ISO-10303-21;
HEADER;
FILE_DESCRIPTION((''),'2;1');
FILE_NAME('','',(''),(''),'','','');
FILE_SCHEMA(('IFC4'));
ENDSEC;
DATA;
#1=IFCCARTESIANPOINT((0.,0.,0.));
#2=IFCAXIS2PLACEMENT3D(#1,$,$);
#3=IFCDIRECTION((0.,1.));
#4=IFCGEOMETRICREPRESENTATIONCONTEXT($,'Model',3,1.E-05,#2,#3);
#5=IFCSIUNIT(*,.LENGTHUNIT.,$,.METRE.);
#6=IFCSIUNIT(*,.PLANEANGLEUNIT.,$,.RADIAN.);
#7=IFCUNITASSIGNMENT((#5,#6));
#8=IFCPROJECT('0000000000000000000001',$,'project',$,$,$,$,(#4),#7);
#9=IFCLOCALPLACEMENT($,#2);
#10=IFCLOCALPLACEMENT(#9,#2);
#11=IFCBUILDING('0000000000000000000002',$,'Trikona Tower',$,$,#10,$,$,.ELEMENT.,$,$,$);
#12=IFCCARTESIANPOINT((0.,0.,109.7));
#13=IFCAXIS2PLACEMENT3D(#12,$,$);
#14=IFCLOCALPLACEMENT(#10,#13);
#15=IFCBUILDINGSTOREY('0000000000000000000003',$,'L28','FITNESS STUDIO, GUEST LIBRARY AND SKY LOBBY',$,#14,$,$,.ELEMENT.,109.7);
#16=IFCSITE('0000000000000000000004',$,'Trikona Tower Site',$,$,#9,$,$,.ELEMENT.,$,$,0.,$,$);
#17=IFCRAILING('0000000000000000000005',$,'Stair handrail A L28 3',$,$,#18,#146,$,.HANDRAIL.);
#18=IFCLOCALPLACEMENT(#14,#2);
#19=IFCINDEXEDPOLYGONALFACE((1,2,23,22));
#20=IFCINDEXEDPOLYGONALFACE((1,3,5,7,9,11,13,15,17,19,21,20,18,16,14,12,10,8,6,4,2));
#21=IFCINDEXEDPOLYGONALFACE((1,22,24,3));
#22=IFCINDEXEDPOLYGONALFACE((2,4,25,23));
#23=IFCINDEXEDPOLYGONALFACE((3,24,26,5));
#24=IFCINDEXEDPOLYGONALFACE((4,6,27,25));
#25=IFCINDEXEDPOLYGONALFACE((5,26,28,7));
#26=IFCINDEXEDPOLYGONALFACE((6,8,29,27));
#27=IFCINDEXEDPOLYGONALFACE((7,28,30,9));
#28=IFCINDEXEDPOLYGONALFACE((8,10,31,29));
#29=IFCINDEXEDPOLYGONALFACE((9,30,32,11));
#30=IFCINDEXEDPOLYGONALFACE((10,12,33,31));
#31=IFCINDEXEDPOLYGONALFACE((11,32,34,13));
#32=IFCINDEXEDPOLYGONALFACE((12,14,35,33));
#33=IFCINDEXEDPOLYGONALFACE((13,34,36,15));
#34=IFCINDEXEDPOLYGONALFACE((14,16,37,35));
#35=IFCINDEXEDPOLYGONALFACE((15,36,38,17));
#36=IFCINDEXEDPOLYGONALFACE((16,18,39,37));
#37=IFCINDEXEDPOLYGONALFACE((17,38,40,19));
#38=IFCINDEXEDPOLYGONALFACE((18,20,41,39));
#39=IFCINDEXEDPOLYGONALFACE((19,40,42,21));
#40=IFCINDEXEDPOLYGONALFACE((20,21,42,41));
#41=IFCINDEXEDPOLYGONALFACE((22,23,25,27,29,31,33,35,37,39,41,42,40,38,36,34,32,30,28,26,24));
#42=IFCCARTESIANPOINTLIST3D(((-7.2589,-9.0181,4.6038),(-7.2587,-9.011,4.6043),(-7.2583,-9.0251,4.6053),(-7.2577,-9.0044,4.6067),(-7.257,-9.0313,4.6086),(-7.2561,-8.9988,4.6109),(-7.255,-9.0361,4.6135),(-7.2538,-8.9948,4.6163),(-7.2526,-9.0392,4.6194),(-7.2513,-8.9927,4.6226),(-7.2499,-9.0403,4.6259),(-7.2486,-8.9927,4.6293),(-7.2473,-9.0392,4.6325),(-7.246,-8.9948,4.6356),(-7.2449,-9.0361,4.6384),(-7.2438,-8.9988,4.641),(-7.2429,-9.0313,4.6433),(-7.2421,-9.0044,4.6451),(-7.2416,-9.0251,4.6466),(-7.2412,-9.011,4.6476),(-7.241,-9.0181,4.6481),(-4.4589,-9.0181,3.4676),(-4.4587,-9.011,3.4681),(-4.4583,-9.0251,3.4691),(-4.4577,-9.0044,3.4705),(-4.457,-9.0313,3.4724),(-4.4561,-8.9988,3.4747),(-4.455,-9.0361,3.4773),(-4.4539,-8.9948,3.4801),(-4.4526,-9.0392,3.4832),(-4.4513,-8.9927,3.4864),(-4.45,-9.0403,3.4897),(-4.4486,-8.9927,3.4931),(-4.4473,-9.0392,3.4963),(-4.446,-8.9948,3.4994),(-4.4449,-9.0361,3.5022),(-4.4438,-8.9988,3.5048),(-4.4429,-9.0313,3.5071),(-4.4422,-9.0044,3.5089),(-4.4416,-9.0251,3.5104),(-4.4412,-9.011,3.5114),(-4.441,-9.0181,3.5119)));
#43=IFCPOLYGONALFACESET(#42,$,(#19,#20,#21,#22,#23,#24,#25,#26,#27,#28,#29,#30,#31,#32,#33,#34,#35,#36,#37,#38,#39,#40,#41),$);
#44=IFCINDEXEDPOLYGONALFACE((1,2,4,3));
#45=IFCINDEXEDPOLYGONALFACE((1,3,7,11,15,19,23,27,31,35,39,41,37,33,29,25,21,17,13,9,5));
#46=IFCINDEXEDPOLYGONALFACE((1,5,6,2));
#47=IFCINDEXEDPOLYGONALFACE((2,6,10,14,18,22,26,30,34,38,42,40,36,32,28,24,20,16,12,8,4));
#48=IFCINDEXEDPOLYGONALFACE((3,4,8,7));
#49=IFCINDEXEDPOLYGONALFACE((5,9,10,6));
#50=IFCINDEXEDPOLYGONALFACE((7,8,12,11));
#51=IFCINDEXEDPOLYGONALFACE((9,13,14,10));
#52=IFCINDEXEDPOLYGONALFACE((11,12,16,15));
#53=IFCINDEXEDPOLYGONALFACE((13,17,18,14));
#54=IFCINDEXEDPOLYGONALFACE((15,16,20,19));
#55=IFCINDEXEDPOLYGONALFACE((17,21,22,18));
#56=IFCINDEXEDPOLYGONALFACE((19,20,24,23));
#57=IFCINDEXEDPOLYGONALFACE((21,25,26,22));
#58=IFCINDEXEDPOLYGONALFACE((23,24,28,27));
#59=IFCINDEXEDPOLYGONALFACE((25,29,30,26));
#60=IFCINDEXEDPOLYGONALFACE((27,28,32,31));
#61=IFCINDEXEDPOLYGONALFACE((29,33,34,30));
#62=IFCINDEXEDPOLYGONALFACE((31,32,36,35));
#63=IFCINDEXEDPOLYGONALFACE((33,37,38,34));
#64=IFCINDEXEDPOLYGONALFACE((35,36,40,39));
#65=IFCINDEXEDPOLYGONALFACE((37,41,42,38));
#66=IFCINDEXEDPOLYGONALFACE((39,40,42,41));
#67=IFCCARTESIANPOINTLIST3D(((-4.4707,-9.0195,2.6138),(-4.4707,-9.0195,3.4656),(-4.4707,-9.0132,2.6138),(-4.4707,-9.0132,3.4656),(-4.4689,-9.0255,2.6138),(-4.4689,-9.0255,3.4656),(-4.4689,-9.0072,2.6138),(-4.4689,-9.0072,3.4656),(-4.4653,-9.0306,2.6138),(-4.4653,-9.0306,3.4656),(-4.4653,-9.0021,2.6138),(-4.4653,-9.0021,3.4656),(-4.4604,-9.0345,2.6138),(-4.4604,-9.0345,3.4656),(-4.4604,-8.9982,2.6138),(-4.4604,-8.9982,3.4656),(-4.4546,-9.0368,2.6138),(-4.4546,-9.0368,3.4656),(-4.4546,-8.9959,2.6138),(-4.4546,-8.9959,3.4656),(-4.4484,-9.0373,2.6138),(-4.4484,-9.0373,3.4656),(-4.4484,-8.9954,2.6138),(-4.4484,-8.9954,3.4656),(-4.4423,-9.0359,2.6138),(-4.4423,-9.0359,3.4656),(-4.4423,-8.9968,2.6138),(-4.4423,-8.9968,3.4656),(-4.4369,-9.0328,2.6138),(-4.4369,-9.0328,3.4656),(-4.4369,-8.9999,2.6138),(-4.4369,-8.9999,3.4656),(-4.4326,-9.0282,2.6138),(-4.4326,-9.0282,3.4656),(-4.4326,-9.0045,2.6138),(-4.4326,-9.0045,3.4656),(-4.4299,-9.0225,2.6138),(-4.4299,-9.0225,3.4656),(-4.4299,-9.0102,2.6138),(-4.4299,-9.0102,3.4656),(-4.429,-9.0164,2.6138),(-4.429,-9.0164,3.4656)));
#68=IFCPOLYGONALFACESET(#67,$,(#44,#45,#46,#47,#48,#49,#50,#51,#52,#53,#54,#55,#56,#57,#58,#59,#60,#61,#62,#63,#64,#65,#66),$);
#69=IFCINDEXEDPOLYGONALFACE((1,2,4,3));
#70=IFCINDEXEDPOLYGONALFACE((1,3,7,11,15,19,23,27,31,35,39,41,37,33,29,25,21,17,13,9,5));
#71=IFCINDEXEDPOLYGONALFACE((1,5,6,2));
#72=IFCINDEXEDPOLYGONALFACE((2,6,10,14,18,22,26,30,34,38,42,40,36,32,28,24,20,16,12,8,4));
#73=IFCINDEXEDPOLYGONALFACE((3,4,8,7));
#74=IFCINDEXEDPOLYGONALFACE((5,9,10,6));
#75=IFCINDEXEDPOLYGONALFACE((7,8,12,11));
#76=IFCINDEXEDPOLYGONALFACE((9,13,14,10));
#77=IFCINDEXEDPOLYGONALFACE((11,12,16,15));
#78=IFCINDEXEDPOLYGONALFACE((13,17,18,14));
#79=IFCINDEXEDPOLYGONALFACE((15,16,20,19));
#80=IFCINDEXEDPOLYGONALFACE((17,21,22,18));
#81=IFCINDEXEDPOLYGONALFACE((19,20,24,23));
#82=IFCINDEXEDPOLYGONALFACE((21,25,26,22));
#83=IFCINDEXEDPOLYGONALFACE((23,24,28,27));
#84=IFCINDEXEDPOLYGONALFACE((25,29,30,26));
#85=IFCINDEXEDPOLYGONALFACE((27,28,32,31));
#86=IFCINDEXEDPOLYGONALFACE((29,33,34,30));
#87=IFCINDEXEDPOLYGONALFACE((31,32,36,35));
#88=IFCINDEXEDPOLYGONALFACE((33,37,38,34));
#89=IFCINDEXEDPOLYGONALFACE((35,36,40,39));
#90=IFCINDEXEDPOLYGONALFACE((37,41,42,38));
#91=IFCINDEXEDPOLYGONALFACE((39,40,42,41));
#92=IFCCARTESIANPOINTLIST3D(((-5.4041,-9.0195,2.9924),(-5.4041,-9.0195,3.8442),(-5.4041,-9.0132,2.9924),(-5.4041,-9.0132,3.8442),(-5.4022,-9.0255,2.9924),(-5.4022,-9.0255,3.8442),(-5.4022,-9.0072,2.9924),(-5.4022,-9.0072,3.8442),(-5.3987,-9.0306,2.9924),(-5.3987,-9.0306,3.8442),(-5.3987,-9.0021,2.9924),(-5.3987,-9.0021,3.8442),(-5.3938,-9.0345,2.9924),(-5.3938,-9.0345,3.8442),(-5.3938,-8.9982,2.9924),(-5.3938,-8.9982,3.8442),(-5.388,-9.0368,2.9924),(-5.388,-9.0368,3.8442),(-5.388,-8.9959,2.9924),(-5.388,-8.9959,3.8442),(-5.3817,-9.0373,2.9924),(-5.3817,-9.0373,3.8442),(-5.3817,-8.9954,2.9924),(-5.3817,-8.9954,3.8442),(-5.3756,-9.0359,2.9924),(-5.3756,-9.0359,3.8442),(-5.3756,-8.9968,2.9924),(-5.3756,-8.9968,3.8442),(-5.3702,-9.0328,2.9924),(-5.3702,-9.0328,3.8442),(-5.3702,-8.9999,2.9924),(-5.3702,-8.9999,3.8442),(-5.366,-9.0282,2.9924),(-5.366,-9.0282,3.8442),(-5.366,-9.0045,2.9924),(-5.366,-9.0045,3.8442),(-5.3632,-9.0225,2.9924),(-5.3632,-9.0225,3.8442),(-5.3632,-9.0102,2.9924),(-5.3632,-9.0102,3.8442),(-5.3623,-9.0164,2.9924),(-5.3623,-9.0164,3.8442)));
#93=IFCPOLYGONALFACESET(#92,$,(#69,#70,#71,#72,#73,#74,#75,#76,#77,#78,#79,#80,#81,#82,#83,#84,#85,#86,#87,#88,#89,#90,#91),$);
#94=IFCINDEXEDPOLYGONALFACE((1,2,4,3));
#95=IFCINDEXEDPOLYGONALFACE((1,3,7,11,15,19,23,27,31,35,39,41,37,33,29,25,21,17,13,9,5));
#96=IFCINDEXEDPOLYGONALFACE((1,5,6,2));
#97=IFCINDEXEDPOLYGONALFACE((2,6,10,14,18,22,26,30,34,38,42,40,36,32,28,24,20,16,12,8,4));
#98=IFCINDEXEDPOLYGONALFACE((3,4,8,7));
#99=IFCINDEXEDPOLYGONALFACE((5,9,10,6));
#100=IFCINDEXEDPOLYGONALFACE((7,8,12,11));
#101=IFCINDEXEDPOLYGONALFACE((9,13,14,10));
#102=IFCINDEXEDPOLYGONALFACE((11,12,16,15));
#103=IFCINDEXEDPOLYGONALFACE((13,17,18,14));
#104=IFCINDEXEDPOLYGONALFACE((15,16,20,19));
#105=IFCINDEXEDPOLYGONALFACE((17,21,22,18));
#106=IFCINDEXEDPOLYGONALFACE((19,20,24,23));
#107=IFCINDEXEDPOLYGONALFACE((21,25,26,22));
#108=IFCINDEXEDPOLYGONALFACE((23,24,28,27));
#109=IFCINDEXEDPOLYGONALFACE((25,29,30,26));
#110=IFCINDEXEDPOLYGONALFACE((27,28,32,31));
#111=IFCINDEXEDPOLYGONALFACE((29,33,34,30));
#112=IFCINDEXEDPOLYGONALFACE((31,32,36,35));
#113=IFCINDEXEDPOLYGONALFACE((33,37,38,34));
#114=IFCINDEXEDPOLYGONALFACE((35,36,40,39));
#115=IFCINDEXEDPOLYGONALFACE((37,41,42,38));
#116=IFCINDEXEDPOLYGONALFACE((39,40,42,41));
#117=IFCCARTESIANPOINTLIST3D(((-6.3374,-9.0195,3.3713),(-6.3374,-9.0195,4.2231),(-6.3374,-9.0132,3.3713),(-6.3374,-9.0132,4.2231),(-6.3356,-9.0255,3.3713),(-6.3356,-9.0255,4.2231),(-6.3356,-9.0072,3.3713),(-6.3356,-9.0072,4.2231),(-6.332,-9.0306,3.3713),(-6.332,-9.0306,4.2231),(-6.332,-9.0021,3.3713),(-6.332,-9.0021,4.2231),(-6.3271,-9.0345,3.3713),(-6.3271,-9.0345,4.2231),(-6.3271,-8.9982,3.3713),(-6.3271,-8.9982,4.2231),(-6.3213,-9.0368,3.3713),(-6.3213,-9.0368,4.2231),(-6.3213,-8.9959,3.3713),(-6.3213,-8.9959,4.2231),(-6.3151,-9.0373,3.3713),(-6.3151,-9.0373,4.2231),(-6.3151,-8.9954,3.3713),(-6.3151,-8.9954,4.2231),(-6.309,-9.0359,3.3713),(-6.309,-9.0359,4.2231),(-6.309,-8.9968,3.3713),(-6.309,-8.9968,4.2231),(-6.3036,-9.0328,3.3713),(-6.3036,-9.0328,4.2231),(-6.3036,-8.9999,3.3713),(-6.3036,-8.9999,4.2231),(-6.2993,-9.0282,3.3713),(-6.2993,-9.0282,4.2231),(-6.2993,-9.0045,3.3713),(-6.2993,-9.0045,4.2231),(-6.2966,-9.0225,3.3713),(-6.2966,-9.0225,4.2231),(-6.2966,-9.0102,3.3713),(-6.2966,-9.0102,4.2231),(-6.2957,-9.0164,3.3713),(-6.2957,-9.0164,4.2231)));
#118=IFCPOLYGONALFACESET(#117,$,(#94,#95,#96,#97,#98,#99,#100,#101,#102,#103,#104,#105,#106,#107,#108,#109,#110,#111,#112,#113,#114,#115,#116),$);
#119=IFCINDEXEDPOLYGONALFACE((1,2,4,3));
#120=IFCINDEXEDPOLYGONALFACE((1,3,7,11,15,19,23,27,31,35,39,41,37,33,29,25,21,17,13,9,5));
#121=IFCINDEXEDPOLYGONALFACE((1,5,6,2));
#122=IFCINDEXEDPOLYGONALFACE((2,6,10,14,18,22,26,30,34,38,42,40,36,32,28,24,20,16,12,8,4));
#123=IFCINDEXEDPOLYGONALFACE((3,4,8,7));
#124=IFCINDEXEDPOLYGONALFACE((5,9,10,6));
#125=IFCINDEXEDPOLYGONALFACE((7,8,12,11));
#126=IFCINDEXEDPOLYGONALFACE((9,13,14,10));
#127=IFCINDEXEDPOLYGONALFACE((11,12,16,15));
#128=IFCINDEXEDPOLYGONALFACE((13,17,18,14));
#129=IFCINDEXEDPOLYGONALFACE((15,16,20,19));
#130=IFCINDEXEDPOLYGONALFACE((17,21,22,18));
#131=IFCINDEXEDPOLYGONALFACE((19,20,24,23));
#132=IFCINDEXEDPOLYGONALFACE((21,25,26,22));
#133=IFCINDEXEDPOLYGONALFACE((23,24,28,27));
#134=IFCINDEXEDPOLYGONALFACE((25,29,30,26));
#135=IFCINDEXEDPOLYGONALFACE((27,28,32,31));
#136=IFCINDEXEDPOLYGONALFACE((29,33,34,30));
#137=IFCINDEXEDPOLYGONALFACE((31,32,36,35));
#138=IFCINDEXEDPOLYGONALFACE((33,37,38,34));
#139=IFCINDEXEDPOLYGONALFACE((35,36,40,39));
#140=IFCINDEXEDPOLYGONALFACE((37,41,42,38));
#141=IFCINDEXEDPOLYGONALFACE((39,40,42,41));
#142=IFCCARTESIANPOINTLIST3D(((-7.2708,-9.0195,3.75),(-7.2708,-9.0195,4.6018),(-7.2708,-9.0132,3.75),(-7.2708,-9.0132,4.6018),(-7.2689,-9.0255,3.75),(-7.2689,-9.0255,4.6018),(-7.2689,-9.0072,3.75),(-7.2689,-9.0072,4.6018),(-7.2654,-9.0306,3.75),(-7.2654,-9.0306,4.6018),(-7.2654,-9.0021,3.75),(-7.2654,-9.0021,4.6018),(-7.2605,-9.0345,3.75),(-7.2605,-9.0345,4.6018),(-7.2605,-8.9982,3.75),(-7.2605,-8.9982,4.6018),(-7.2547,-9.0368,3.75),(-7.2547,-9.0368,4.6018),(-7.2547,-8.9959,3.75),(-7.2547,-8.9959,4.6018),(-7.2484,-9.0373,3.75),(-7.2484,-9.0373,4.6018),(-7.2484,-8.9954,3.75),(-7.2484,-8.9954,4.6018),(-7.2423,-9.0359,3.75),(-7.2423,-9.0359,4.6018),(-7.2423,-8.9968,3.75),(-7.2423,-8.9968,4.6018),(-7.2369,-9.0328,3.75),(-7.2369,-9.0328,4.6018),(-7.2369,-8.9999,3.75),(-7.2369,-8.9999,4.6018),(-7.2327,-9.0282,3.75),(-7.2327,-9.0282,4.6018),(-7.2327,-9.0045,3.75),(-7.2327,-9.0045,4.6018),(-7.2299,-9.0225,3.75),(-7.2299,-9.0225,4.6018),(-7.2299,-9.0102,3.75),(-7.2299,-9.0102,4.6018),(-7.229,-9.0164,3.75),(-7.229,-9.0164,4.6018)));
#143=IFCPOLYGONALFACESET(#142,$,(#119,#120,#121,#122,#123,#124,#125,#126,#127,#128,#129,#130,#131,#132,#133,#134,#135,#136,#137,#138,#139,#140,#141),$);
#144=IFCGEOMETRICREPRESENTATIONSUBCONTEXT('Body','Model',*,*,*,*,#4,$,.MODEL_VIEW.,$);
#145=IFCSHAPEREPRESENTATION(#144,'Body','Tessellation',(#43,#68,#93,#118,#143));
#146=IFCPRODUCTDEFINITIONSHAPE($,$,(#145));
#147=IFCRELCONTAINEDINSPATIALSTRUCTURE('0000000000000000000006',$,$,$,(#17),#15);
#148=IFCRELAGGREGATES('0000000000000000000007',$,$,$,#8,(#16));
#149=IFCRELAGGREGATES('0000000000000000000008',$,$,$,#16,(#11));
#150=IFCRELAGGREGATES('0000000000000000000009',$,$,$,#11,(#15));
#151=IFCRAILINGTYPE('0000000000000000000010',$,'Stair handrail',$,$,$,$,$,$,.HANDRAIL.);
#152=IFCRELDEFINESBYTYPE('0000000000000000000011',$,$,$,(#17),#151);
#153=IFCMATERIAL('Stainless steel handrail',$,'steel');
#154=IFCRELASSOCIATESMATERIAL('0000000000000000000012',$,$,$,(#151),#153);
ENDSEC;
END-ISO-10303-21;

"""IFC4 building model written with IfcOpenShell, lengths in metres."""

from ifc_helpers import new_model, si_unit, direction, frame, origin, origin_2d, place, context, subcontext, project, spatial, circle, extrude, material, type_object, element, save


model = new_model("IFC4")

# Units and contexts
model_context = context("Model", 3, precision=1e-05, world=origin(), true_north=direction((0.0, 1.0)))
body_context = subcontext(model_context, "Body", "Model", "MODEL_VIEW")
ifc_project = project(units=[si_unit("LENGTHUNIT", "METRE"), si_unit("PLANEANGLEUNIT", "RADIAN")], contexts=[model_context])

# Site, building, storey
site_placement = place(None, origin())
site = spatial("IfcSite", under=ifc_project, at=site_placement, Name="Trikona Tower Site", CompositionType="ELEMENT", RefElevation=0.0)
building_placement = place(site_placement, origin())
building = spatial("IfcBuilding", under=site, at=building_placement, Name="Trikona Tower", CompositionType="ELEMENT")
storey_placement = place(building_placement, frame((0.0, 0.0, 109.7)))
storey = spatial("IfcBuildingStorey", under=building, at=storey_placement, Name="L28", Description="FITNESS STUDIO, GUEST LIBRARY AND SKY LOBBY", CompositionType="ELEMENT", Elevation=109.7)

# Railing
ifc_material_1 = material(Name="Stainless steel handrail", Category="steel")
railing_type = type_object("IfcRailingType", Name="Stair handrail", PredefinedType="HANDRAIL", material=ifc_material_1)
railing_1_placement = place(storey_placement, frame((-4.45, -9.0164, 2.6138)))
element("IfcRailing", 1, at=railing_1_placement, inside=storey, type_object=railing_type, Name="Stair handrail A L28 3", PredefinedType="HANDRAIL", context=body_context, shape_type="SweptSolid", body=[
    extrude(circle(Radius=0.0239, at=origin_2d()), frame((0.0, 0.0, 0.876), z_axis=(-0.926615, 0.0, 0.376011), x_axis=(0.0, -1.0, 0.0)), (0.0, 0.0, 1.0), 3.0217),
    extrude(circle(Radius=0.021, at=origin_2d()), origin(), (0.0, 0.0, 1.0), 0.8518),
    extrude(circle(Radius=0.021, at=origin_2d()), frame((-0.9333, 0.0, 0.3787)), (0.0, 0.0, 1.0), 0.8518),
    extrude(circle(Radius=0.021, at=origin_2d()), frame((-1.8667, 0.0, 0.7576)), (0.0, 0.0, 1.0), 0.8518),
    extrude(circle(Radius=0.021, at=origin_2d()), frame((-2.8, 0.0, 1.1362)), (0.0, 0.0, 1.0), 0.8518),
])

save(model, "model.ifc")
